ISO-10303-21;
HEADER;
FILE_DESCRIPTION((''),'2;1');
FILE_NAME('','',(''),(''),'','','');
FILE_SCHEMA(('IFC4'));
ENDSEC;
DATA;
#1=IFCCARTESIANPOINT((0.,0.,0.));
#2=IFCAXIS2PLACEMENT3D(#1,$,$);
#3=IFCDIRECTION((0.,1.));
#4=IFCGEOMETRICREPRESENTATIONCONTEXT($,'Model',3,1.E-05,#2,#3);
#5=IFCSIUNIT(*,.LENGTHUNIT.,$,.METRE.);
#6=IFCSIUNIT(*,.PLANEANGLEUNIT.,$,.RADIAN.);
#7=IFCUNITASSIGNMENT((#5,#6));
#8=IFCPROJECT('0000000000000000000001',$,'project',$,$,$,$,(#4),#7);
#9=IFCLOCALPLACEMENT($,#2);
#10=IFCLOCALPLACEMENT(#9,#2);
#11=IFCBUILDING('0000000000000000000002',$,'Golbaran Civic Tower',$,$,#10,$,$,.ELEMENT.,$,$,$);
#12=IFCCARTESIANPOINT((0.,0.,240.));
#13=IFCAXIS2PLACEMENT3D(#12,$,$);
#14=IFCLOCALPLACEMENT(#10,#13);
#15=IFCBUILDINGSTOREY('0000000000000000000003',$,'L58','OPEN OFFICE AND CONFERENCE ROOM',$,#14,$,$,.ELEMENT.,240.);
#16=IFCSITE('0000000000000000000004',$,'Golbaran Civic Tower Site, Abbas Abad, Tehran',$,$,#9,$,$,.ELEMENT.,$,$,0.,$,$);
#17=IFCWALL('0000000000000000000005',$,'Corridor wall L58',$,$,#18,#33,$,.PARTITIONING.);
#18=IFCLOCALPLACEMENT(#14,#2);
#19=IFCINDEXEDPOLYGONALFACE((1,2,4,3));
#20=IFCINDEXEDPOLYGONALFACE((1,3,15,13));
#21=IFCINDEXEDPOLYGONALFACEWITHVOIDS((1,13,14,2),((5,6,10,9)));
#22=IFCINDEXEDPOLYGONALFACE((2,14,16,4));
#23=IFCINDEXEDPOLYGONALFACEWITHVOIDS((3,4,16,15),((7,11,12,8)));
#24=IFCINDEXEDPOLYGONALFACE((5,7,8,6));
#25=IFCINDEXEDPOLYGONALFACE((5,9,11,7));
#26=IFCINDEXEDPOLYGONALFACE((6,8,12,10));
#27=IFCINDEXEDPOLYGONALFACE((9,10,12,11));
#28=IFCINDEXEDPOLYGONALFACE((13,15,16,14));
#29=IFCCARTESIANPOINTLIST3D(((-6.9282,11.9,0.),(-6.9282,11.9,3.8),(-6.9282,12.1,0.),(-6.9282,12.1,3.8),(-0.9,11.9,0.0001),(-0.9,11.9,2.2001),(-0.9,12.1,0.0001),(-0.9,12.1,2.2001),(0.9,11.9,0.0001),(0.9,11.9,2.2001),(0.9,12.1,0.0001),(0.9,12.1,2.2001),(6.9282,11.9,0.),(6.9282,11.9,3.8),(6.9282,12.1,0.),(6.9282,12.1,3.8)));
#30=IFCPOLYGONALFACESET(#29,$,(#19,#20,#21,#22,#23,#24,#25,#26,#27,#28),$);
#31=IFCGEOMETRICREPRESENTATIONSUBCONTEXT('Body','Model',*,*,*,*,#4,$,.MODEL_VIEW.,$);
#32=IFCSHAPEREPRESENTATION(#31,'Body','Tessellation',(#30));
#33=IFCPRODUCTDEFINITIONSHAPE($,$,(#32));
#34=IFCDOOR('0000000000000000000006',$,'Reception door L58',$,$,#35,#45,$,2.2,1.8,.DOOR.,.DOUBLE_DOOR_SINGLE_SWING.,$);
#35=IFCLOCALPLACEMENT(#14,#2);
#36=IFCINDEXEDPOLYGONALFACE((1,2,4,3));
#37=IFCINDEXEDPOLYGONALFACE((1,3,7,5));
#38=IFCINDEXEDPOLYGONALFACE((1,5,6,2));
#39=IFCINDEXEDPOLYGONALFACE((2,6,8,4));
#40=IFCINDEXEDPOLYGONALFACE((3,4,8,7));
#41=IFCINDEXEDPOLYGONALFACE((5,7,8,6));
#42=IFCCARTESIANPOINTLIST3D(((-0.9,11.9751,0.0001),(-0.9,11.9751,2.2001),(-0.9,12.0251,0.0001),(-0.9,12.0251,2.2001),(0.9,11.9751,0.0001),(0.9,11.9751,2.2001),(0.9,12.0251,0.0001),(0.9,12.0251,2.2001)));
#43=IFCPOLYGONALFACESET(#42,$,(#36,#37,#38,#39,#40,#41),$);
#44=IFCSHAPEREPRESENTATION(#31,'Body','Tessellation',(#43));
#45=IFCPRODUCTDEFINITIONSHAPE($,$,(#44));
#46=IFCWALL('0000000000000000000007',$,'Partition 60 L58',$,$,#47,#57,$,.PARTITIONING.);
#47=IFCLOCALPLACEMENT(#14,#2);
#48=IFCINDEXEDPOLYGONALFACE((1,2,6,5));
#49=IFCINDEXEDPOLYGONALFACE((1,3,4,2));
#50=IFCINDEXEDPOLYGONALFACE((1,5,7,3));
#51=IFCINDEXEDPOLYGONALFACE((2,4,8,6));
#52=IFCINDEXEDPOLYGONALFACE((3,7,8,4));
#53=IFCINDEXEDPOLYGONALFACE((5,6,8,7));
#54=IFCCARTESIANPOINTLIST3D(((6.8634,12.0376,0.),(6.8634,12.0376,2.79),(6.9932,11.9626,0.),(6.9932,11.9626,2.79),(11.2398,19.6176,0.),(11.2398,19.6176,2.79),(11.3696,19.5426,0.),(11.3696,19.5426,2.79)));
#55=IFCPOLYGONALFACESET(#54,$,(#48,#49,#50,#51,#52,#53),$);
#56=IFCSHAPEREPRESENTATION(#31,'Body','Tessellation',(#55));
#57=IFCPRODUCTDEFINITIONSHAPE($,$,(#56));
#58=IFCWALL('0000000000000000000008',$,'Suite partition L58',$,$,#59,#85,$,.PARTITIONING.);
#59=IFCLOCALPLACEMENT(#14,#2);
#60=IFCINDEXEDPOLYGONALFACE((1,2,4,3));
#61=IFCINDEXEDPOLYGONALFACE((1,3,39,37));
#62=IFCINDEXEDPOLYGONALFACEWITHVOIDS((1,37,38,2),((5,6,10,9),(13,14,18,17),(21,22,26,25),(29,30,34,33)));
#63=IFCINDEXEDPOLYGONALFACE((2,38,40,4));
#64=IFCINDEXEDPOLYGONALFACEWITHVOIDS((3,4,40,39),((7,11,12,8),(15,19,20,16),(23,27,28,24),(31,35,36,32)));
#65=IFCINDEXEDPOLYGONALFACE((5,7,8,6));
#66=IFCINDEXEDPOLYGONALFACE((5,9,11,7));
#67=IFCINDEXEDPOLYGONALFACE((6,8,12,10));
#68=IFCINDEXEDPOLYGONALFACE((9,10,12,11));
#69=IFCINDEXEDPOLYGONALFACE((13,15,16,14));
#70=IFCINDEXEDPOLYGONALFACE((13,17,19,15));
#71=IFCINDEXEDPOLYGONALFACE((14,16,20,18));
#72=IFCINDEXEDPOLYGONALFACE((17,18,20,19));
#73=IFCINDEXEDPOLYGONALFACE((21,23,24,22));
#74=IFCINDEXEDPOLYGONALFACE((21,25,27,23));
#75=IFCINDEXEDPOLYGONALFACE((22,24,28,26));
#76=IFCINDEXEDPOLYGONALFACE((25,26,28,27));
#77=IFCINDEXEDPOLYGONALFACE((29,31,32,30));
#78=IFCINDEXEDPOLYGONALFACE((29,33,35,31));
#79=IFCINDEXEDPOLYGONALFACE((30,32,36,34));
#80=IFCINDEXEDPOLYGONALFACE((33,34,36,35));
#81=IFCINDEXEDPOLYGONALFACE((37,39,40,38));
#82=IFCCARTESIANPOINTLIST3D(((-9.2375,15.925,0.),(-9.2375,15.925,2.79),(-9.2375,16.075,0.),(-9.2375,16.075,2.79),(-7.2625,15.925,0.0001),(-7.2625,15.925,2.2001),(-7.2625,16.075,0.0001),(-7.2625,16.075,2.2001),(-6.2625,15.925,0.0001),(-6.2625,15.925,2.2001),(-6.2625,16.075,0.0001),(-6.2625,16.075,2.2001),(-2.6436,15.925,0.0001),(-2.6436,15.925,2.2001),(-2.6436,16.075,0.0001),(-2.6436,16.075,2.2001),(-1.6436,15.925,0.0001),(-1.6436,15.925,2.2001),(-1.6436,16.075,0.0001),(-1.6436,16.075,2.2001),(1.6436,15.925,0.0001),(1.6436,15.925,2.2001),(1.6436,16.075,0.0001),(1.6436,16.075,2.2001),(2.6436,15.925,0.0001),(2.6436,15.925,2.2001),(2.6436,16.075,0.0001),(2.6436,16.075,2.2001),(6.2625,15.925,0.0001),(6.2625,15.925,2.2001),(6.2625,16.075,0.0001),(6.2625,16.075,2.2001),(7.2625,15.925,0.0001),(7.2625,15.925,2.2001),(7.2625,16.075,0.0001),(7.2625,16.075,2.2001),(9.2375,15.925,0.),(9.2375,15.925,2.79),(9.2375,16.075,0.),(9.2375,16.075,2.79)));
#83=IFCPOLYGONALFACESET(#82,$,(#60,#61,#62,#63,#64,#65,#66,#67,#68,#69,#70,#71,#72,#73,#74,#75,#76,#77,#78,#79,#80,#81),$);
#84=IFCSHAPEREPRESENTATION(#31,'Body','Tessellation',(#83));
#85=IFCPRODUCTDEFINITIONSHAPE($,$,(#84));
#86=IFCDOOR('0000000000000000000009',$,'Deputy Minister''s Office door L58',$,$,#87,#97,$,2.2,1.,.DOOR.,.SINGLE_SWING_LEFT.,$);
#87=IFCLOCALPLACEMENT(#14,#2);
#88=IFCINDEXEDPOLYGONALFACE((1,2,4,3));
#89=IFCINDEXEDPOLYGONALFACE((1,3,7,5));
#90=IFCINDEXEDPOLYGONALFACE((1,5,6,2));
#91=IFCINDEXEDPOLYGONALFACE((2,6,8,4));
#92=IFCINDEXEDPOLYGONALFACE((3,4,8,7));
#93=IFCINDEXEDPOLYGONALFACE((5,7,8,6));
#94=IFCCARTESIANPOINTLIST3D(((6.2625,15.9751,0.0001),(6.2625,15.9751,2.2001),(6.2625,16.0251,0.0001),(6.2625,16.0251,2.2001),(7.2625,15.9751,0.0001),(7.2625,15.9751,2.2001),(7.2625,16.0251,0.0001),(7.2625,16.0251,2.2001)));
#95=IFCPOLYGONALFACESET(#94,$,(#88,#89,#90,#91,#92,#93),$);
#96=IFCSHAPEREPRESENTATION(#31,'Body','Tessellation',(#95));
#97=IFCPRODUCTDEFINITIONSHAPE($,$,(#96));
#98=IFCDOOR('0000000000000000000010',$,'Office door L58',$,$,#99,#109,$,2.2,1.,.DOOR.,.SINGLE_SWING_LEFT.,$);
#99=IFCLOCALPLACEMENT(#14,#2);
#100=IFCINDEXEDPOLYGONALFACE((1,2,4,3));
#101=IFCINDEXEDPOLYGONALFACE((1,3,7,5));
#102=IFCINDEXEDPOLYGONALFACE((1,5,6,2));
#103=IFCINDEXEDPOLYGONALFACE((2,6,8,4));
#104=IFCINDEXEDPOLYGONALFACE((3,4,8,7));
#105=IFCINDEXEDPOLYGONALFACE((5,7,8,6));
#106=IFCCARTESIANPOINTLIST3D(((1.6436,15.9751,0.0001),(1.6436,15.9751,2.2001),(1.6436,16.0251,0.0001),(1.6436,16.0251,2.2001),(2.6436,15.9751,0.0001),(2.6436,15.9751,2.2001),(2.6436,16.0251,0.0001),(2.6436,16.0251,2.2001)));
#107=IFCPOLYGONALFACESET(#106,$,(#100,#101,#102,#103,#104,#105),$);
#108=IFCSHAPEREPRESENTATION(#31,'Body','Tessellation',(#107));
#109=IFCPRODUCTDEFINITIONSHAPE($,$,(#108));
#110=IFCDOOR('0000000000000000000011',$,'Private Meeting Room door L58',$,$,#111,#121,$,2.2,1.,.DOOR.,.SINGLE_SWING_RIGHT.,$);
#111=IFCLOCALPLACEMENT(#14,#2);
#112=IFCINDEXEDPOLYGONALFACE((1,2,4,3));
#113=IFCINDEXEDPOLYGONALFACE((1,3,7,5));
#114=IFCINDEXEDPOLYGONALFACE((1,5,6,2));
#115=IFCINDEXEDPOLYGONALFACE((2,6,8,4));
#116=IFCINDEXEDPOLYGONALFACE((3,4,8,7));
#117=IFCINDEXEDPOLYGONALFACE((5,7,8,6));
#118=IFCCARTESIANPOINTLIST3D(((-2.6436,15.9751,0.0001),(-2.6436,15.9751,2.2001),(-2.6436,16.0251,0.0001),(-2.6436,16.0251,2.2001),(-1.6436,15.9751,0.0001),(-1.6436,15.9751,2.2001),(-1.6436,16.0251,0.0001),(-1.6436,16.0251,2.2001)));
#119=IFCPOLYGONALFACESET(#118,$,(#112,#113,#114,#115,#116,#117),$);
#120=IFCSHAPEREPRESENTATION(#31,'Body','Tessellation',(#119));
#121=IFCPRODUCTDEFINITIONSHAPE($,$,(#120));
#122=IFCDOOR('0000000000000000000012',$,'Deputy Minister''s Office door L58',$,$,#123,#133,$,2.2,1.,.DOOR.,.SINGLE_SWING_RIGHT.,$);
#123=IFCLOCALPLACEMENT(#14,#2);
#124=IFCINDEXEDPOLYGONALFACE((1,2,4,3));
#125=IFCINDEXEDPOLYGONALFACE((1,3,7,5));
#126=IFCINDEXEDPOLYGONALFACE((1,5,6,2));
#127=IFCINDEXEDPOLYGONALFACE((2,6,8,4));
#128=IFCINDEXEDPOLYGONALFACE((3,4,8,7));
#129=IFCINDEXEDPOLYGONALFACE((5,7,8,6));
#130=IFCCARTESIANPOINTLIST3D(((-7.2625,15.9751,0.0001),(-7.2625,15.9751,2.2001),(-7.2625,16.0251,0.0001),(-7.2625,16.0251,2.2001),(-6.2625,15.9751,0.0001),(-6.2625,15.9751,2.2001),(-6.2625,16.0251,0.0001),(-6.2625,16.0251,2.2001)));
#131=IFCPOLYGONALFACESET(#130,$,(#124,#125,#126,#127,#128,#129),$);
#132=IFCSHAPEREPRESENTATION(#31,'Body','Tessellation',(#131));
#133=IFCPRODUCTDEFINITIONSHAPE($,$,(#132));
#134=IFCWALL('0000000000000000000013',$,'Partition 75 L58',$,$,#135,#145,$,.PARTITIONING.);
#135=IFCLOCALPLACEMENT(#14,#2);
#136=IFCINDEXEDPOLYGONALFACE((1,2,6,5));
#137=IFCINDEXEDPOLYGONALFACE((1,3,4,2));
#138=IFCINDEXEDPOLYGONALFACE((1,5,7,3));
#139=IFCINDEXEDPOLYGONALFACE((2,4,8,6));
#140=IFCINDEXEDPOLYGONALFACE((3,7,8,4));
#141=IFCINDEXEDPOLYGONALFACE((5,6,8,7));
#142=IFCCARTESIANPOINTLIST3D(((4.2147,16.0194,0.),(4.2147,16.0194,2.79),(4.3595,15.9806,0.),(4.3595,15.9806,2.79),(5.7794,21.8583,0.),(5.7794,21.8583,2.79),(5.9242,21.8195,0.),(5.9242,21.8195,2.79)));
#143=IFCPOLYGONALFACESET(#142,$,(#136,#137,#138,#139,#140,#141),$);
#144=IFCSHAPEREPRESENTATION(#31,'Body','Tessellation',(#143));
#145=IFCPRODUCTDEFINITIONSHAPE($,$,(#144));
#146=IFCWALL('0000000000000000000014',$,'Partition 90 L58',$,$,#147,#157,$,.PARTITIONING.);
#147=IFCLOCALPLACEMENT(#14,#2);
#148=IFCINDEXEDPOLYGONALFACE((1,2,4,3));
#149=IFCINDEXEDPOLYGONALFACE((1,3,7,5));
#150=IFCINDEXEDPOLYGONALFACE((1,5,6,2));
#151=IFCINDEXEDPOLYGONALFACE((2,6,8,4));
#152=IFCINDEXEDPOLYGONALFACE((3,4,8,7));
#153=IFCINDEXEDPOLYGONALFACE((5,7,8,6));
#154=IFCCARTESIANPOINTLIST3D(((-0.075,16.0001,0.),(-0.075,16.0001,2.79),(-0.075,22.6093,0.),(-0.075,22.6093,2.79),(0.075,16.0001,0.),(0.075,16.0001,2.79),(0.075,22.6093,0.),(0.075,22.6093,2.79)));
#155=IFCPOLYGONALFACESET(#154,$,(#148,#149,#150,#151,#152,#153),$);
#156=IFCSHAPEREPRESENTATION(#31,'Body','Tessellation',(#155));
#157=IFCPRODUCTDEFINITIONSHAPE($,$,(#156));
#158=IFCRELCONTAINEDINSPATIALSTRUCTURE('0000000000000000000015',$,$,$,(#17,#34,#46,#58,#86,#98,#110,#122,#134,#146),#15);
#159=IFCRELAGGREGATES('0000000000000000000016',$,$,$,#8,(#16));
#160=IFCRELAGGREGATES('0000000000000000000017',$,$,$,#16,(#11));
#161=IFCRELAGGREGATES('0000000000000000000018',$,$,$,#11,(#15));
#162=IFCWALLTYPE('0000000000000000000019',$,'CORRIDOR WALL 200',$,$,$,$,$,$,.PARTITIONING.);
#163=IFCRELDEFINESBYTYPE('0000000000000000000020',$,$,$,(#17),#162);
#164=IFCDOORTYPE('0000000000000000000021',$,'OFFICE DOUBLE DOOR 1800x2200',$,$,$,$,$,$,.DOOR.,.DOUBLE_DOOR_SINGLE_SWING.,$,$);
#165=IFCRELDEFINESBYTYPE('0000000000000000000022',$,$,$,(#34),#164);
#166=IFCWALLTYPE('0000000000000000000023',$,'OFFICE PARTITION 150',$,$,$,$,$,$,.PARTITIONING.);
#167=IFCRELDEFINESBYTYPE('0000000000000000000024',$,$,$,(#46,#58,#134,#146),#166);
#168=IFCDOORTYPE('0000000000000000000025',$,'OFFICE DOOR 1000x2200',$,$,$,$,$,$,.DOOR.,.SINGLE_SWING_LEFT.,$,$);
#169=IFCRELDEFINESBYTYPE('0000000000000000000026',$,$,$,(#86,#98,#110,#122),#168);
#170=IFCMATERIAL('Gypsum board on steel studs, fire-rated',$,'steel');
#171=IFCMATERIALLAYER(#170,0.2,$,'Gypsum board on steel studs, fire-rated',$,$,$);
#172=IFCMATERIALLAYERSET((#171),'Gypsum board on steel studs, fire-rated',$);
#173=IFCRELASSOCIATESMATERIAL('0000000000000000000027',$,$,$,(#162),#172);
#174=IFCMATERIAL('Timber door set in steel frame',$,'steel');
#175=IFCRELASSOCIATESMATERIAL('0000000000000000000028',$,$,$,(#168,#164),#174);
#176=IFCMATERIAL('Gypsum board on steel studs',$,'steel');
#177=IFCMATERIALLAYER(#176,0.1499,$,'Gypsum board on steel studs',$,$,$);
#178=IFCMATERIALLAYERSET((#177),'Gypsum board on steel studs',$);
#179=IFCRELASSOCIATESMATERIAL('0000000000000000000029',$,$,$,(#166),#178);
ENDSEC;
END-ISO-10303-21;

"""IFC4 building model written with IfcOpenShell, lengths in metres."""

from ifc_helpers import new_model, si_unit, direction, frame, frame_2d, origin, place, context, subcontext, project, spatial, rectangle, extrude, material, layer, layer_set, type_object, element, fill, save


model = new_model("IFC4")

# Units and contexts
model_context = context("Model", 3, precision=1e-05, world=origin(), true_north=direction((0.0, 1.0)))
body_context = subcontext(model_context, "Body", "Model", "MODEL_VIEW")
ifc_project = project(units=[si_unit("LENGTHUNIT", "METRE"), si_unit("PLANEANGLEUNIT", "RADIAN")], contexts=[model_context])

# Site, building, storey
site_placement = place(None, origin())
site = spatial("IfcSite", under=ifc_project, at=site_placement, Name="Golbaran Civic Tower Site, Abbas Abad, Tehran", CompositionType="ELEMENT", RefElevation=0.0)
building_placement = place(site_placement, origin())
building = spatial("IfcBuilding", under=site, at=building_placement, Name="Golbaran Civic Tower", CompositionType="ELEMENT")
storey_placement = place(building_placement, frame((0.0, 0.0, 240.0)))
storey = spatial("IfcBuildingStorey", under=building, at=storey_placement, Name="L58", Description="OPEN OFFICE AND CONFERENCE ROOM", CompositionType="ELEMENT", Elevation=240.0)

# Wall, opening, door
ifc_material_1 = material(Name="Gypsum board on steel studs, fire-rated", Category="steel")
ifc_layer_1 = layer(ifc_material_1, 0.2, Name="Gypsum board on steel studs, fire-rated")
ifc_layer_set_1 = layer_set([ifc_layer_1], Name="Gypsum board on steel studs, fire-rated")
wall_type_1 = type_object("IfcWallType", Name="CORRIDOR WALL 200", PredefinedType="PARTITIONING", material=ifc_layer_set_1)
ifc_material_2 = material(Name="Timber door set in steel frame", Category="steel")
door_type_1 = type_object("IfcDoorType", Name="OFFICE DOOR 1000x2200", OperationType="SINGLE_SWING_LEFT", PredefinedType="DOOR", material=ifc_material_2)
wall_1_placement = place(storey_placement, frame((6.9282, 12.0, 0.0), z_axis=(0.0, 0.0, 1.0), x_axis=(-1.0, 0.0, 0.0)))
wall_1 = element("IfcWall", 1, at=wall_1_placement, inside=storey, type_object=wall_type_1, Name="Corridor wall L58", PredefinedType="PARTITIONING", context=body_context, shape_type="SweptSolid", body=[
    extrude(rectangle(XDim=13.8564, YDim=0.2, at=frame_2d((6.9282, 0.0))), origin(), (0.0, 0.0, 1.0), 3.8),
])
opening_1_placement = place(wall_1_placement, frame((6.0283, 0.0, 0.0)))
opening_1 = element("IfcOpeningElement", 2, at=opening_1_placement, cuts=wall_1, PredefinedType="OPENING", context=body_context, shape_type="SweptSolid", body=[
    extrude(rectangle(XDim=1.8, YDim=2.2, at=frame_2d((0.8999, 1.1001))), frame((0.0, 0.1099, 0.0), z_axis=(0.0, -1.0, 0.0), x_axis=(1.0, 0.0, 0.0)), (0.0, 0.0, 1.0), 0.22),
])
door_type_2 = type_object("IfcDoorType", Name="OFFICE DOUBLE DOOR 1800x2200", OperationType="DOUBLE_DOOR_SINGLE_SWING", PredefinedType="DOOR", material=ifc_material_2)
door_1_placement = place(opening_1_placement, origin())
door_1 = element("IfcDoor", 3, at=door_1_placement, inside=storey, type_object=door_type_2, Name="Reception door L58", OperationType="DOUBLE_DOOR_SINGLE_SWING", OverallHeight=2.2, OverallWidth=1.8, PredefinedType="DOOR", context=body_context, shape_type="SweptSolid", body=[
    extrude(rectangle(XDim=1.8, YDim=2.2, at=frame_2d((0.8999, 1.1001))), frame((0.0, 0.0249, 0.0), z_axis=(0.0, -1.0, 0.0), x_axis=(1.0, 0.0, 0.0)), (0.0, 0.0, 1.0), 0.05),
])
fill(opening_1, door_1)

# Wall
ifc_material_3 = material(Name="Gypsum board on steel studs", Category="steel")
ifc_layer_2 = layer(ifc_material_3, 0.1499, Name="Gypsum board on steel studs")
ifc_layer_set_2 = layer_set([ifc_layer_2], Name="Gypsum board on steel studs")
wall_type_2 = type_object("IfcWallType", Name="OFFICE PARTITION 150", PredefinedType="PARTITIONING", material=ifc_layer_set_2)
wall_2_placement = place(storey_placement, frame((6.9282, 12.0, 0.0), z_axis=(0.0, 0.0, 1.0), x_axis=(0.500009, 0.86602, 0.0)))
element("IfcWall", 4, at=wall_2_placement, inside=storey, type_object=wall_type_2, Name="Partition 60 L58", PredefinedType="PARTITIONING", context=body_context, shape_type="SweptSolid", body=[
    extrude(rectangle(XDim=8.7527, YDim=0.1499, at=frame_2d((4.3765, 0.0))), origin(), (0.0, 0.0, 1.0), 2.79),
])

# Wall, openings, doors
wall_3_placement = place(storey_placement, frame((9.2375, 16.0, 0.0), z_axis=(0.0, 0.0, 1.0), x_axis=(-1.0, 0.0, 0.0)))
wall_3 = element("IfcWall", 5, at=wall_3_placement, inside=storey, type_object=wall_type_2, Name="Suite partition L58", PredefinedType="PARTITIONING", context=body_context, shape_type="SweptSolid", body=[
    extrude(rectangle(XDim=18.4751, YDim=0.1499, at=frame_2d((9.2375, 0.0))), origin(), (0.0, 0.0, 1.0), 2.79),
])
opening_2_placement = place(wall_3_placement, frame((1.9751, 0.0, 0.0)))
opening_2 = element("IfcOpeningElement", 6, at=opening_2_placement, cuts=wall_3, PredefinedType="OPENING", context=body_context, shape_type="SweptSolid", body=[
    extrude(rectangle(XDim=1.0, YDim=2.2, at=frame_2d((0.5, 1.1001))), frame((0.0, 0.085, 0.0), z_axis=(0.0, -1.0, 0.0), x_axis=(1.0, 0.0, 0.0)), (0.0, 0.0, 1.0), 0.1699),
])
opening_3_placement = place(wall_3_placement, frame((6.594, 0.0, 0.0)))
opening_3 = element("IfcOpeningElement", 7, at=opening_3_placement, cuts=wall_3, PredefinedType="OPENING", context=body_context, shape_type="SweptSolid", body=[
    extrude(rectangle(XDim=1.0, YDim=2.2, at=frame_2d((0.5, 1.1001))), frame((0.0, 0.085, 0.0), z_axis=(0.0, -1.0, 0.0), x_axis=(1.0, 0.0, 0.0)), (0.0, 0.0, 1.0), 0.1699),
])
opening_4_placement = place(wall_3_placement, frame((10.8811, 0.0, 0.0)))
opening_4 = element("IfcOpeningElement", 8, at=opening_4_placement, cuts=wall_3, PredefinedType="OPENING", context=body_context, shape_type="SweptSolid", body=[
    extrude(rectangle(XDim=1.0, YDim=2.2, at=frame_2d((0.5, 1.1001))), frame((0.0, 0.085, 0.0), z_axis=(0.0, -1.0, 0.0), x_axis=(1.0, 0.0, 0.0)), (0.0, 0.0, 1.0), 0.1699),
])
opening_5_placement = place(wall_3_placement, frame((15.5, 0.0, 0.0)))
opening_5 = element("IfcOpeningElement", 9, at=opening_5_placement, cuts=wall_3, PredefinedType="OPENING", context=body_context, shape_type="SweptSolid", body=[
    extrude(rectangle(XDim=1.0, YDim=2.2, at=frame_2d((0.5, 1.1001))), frame((0.0, 0.085, 0.0), z_axis=(0.0, -1.0, 0.0), x_axis=(1.0, 0.0, 0.0)), (0.0, 0.0, 1.0), 0.1699),
])
door_2_placement = place(opening_2_placement, origin())
door_2 = element("IfcDoor", 10, at=door_2_placement, inside=storey, type_object=door_type_1, Name="Deputy Minister's Office door L58", OperationType="SINGLE_SWING_LEFT", OverallHeight=2.2, OverallWidth=1.0, PredefinedType="DOOR", context=body_context, shape_type="SweptSolid", body=[
    extrude(rectangle(XDim=1.0, YDim=2.2, at=frame_2d((0.5, 1.1001))), frame((0.0, 0.0249, 0.0), z_axis=(0.0, -1.0, 0.0), x_axis=(1.0, 0.0, 0.0)), (0.0, 0.0, 1.0), 0.05),
])
fill(opening_2, door_2)
door_3_placement = place(opening_3_placement, origin())
door_3 = element("IfcDoor", 11, at=door_3_placement, inside=storey, type_object=door_type_1, Name="Office door L58", OperationType="SINGLE_SWING_LEFT", OverallHeight=2.2, OverallWidth=1.0, PredefinedType="DOOR", context=body_context, shape_type="SweptSolid", body=[
    extrude(rectangle(XDim=1.0, YDim=2.2, at=frame_2d((0.5, 1.1001))), frame((0.0, 0.0249, 0.0), z_axis=(0.0, -1.0, 0.0), x_axis=(1.0, 0.0, 0.0)), (0.0, 0.0, 1.0), 0.05),
])
fill(opening_3, door_3)
door_4_placement = place(opening_4_placement, origin())
door_4 = element("IfcDoor", 12, at=door_4_placement, inside=storey, type_object=door_type_1, Name="Private Meeting Room door L58", OperationType="SINGLE_SWING_RIGHT", OverallHeight=2.2, OverallWidth=1.0, PredefinedType="DOOR", context=body_context, shape_type="SweptSolid", body=[
    extrude(rectangle(XDim=1.0, YDim=2.2, at=frame_2d((0.5, 1.1001))), frame((0.0, 0.0249, 0.0), z_axis=(0.0, -1.0, 0.0), x_axis=(1.0, 0.0, 0.0)), (0.0, 0.0, 1.0), 0.05),
])
fill(opening_4, door_4)
door_5_placement = place(opening_5_placement, origin())
door_5 = element("IfcDoor", 13, at=door_5_placement, inside=storey, type_object=door_type_1, Name="Deputy Minister's Office door L58", OperationType="SINGLE_SWING_RIGHT", OverallHeight=2.2, OverallWidth=1.0, PredefinedType="DOOR", context=body_context, shape_type="SweptSolid", body=[
    extrude(rectangle(XDim=1.0, YDim=2.2, at=frame_2d((0.5, 1.1001))), frame((0.0, 0.0249, 0.0), z_axis=(0.0, -1.0, 0.0), x_axis=(1.0, 0.0, 0.0)), (0.0, 0.0, 1.0), 0.05),
])
fill(opening_5, door_5)

# Walls
wall_4_placement = place(storey_placement, frame((4.2871, 16.0, 0.0), z_axis=(0.0, 0.0, 1.0), x_axis=(0.258846, 0.965918, 0.0)))
element("IfcWall", 14, at=wall_4_placement, inside=storey, type_object=wall_type_2, Name="Partition 75 L58", PredefinedType="PARTITIONING", context=body_context, shape_type="SweptSolid", body=[
    extrude(rectangle(XDim=6.0449, YDim=0.1499, at=frame_2d((3.0225, 0.0))), origin(), (0.0, 0.0, 1.0), 2.79),
])
wall_5_placement = place(storey_placement, frame((0.0, 16.0, 0.0), z_axis=(0.0, 0.0, 1.0), x_axis=(0.0, 1.0, 0.0)))
element("IfcWall", 15, at=wall_5_placement, inside=storey, type_object=wall_type_2, Name="Partition 90 L58", PredefinedType="PARTITIONING", context=body_context, shape_type="SweptSolid", body=[
    extrude(rectangle(XDim=6.6091, YDim=0.1499, at=frame_2d((3.3047, 0.0))), origin(), (0.0, 0.0, 1.0), 2.79),
])

save(model, "model.ifc")
